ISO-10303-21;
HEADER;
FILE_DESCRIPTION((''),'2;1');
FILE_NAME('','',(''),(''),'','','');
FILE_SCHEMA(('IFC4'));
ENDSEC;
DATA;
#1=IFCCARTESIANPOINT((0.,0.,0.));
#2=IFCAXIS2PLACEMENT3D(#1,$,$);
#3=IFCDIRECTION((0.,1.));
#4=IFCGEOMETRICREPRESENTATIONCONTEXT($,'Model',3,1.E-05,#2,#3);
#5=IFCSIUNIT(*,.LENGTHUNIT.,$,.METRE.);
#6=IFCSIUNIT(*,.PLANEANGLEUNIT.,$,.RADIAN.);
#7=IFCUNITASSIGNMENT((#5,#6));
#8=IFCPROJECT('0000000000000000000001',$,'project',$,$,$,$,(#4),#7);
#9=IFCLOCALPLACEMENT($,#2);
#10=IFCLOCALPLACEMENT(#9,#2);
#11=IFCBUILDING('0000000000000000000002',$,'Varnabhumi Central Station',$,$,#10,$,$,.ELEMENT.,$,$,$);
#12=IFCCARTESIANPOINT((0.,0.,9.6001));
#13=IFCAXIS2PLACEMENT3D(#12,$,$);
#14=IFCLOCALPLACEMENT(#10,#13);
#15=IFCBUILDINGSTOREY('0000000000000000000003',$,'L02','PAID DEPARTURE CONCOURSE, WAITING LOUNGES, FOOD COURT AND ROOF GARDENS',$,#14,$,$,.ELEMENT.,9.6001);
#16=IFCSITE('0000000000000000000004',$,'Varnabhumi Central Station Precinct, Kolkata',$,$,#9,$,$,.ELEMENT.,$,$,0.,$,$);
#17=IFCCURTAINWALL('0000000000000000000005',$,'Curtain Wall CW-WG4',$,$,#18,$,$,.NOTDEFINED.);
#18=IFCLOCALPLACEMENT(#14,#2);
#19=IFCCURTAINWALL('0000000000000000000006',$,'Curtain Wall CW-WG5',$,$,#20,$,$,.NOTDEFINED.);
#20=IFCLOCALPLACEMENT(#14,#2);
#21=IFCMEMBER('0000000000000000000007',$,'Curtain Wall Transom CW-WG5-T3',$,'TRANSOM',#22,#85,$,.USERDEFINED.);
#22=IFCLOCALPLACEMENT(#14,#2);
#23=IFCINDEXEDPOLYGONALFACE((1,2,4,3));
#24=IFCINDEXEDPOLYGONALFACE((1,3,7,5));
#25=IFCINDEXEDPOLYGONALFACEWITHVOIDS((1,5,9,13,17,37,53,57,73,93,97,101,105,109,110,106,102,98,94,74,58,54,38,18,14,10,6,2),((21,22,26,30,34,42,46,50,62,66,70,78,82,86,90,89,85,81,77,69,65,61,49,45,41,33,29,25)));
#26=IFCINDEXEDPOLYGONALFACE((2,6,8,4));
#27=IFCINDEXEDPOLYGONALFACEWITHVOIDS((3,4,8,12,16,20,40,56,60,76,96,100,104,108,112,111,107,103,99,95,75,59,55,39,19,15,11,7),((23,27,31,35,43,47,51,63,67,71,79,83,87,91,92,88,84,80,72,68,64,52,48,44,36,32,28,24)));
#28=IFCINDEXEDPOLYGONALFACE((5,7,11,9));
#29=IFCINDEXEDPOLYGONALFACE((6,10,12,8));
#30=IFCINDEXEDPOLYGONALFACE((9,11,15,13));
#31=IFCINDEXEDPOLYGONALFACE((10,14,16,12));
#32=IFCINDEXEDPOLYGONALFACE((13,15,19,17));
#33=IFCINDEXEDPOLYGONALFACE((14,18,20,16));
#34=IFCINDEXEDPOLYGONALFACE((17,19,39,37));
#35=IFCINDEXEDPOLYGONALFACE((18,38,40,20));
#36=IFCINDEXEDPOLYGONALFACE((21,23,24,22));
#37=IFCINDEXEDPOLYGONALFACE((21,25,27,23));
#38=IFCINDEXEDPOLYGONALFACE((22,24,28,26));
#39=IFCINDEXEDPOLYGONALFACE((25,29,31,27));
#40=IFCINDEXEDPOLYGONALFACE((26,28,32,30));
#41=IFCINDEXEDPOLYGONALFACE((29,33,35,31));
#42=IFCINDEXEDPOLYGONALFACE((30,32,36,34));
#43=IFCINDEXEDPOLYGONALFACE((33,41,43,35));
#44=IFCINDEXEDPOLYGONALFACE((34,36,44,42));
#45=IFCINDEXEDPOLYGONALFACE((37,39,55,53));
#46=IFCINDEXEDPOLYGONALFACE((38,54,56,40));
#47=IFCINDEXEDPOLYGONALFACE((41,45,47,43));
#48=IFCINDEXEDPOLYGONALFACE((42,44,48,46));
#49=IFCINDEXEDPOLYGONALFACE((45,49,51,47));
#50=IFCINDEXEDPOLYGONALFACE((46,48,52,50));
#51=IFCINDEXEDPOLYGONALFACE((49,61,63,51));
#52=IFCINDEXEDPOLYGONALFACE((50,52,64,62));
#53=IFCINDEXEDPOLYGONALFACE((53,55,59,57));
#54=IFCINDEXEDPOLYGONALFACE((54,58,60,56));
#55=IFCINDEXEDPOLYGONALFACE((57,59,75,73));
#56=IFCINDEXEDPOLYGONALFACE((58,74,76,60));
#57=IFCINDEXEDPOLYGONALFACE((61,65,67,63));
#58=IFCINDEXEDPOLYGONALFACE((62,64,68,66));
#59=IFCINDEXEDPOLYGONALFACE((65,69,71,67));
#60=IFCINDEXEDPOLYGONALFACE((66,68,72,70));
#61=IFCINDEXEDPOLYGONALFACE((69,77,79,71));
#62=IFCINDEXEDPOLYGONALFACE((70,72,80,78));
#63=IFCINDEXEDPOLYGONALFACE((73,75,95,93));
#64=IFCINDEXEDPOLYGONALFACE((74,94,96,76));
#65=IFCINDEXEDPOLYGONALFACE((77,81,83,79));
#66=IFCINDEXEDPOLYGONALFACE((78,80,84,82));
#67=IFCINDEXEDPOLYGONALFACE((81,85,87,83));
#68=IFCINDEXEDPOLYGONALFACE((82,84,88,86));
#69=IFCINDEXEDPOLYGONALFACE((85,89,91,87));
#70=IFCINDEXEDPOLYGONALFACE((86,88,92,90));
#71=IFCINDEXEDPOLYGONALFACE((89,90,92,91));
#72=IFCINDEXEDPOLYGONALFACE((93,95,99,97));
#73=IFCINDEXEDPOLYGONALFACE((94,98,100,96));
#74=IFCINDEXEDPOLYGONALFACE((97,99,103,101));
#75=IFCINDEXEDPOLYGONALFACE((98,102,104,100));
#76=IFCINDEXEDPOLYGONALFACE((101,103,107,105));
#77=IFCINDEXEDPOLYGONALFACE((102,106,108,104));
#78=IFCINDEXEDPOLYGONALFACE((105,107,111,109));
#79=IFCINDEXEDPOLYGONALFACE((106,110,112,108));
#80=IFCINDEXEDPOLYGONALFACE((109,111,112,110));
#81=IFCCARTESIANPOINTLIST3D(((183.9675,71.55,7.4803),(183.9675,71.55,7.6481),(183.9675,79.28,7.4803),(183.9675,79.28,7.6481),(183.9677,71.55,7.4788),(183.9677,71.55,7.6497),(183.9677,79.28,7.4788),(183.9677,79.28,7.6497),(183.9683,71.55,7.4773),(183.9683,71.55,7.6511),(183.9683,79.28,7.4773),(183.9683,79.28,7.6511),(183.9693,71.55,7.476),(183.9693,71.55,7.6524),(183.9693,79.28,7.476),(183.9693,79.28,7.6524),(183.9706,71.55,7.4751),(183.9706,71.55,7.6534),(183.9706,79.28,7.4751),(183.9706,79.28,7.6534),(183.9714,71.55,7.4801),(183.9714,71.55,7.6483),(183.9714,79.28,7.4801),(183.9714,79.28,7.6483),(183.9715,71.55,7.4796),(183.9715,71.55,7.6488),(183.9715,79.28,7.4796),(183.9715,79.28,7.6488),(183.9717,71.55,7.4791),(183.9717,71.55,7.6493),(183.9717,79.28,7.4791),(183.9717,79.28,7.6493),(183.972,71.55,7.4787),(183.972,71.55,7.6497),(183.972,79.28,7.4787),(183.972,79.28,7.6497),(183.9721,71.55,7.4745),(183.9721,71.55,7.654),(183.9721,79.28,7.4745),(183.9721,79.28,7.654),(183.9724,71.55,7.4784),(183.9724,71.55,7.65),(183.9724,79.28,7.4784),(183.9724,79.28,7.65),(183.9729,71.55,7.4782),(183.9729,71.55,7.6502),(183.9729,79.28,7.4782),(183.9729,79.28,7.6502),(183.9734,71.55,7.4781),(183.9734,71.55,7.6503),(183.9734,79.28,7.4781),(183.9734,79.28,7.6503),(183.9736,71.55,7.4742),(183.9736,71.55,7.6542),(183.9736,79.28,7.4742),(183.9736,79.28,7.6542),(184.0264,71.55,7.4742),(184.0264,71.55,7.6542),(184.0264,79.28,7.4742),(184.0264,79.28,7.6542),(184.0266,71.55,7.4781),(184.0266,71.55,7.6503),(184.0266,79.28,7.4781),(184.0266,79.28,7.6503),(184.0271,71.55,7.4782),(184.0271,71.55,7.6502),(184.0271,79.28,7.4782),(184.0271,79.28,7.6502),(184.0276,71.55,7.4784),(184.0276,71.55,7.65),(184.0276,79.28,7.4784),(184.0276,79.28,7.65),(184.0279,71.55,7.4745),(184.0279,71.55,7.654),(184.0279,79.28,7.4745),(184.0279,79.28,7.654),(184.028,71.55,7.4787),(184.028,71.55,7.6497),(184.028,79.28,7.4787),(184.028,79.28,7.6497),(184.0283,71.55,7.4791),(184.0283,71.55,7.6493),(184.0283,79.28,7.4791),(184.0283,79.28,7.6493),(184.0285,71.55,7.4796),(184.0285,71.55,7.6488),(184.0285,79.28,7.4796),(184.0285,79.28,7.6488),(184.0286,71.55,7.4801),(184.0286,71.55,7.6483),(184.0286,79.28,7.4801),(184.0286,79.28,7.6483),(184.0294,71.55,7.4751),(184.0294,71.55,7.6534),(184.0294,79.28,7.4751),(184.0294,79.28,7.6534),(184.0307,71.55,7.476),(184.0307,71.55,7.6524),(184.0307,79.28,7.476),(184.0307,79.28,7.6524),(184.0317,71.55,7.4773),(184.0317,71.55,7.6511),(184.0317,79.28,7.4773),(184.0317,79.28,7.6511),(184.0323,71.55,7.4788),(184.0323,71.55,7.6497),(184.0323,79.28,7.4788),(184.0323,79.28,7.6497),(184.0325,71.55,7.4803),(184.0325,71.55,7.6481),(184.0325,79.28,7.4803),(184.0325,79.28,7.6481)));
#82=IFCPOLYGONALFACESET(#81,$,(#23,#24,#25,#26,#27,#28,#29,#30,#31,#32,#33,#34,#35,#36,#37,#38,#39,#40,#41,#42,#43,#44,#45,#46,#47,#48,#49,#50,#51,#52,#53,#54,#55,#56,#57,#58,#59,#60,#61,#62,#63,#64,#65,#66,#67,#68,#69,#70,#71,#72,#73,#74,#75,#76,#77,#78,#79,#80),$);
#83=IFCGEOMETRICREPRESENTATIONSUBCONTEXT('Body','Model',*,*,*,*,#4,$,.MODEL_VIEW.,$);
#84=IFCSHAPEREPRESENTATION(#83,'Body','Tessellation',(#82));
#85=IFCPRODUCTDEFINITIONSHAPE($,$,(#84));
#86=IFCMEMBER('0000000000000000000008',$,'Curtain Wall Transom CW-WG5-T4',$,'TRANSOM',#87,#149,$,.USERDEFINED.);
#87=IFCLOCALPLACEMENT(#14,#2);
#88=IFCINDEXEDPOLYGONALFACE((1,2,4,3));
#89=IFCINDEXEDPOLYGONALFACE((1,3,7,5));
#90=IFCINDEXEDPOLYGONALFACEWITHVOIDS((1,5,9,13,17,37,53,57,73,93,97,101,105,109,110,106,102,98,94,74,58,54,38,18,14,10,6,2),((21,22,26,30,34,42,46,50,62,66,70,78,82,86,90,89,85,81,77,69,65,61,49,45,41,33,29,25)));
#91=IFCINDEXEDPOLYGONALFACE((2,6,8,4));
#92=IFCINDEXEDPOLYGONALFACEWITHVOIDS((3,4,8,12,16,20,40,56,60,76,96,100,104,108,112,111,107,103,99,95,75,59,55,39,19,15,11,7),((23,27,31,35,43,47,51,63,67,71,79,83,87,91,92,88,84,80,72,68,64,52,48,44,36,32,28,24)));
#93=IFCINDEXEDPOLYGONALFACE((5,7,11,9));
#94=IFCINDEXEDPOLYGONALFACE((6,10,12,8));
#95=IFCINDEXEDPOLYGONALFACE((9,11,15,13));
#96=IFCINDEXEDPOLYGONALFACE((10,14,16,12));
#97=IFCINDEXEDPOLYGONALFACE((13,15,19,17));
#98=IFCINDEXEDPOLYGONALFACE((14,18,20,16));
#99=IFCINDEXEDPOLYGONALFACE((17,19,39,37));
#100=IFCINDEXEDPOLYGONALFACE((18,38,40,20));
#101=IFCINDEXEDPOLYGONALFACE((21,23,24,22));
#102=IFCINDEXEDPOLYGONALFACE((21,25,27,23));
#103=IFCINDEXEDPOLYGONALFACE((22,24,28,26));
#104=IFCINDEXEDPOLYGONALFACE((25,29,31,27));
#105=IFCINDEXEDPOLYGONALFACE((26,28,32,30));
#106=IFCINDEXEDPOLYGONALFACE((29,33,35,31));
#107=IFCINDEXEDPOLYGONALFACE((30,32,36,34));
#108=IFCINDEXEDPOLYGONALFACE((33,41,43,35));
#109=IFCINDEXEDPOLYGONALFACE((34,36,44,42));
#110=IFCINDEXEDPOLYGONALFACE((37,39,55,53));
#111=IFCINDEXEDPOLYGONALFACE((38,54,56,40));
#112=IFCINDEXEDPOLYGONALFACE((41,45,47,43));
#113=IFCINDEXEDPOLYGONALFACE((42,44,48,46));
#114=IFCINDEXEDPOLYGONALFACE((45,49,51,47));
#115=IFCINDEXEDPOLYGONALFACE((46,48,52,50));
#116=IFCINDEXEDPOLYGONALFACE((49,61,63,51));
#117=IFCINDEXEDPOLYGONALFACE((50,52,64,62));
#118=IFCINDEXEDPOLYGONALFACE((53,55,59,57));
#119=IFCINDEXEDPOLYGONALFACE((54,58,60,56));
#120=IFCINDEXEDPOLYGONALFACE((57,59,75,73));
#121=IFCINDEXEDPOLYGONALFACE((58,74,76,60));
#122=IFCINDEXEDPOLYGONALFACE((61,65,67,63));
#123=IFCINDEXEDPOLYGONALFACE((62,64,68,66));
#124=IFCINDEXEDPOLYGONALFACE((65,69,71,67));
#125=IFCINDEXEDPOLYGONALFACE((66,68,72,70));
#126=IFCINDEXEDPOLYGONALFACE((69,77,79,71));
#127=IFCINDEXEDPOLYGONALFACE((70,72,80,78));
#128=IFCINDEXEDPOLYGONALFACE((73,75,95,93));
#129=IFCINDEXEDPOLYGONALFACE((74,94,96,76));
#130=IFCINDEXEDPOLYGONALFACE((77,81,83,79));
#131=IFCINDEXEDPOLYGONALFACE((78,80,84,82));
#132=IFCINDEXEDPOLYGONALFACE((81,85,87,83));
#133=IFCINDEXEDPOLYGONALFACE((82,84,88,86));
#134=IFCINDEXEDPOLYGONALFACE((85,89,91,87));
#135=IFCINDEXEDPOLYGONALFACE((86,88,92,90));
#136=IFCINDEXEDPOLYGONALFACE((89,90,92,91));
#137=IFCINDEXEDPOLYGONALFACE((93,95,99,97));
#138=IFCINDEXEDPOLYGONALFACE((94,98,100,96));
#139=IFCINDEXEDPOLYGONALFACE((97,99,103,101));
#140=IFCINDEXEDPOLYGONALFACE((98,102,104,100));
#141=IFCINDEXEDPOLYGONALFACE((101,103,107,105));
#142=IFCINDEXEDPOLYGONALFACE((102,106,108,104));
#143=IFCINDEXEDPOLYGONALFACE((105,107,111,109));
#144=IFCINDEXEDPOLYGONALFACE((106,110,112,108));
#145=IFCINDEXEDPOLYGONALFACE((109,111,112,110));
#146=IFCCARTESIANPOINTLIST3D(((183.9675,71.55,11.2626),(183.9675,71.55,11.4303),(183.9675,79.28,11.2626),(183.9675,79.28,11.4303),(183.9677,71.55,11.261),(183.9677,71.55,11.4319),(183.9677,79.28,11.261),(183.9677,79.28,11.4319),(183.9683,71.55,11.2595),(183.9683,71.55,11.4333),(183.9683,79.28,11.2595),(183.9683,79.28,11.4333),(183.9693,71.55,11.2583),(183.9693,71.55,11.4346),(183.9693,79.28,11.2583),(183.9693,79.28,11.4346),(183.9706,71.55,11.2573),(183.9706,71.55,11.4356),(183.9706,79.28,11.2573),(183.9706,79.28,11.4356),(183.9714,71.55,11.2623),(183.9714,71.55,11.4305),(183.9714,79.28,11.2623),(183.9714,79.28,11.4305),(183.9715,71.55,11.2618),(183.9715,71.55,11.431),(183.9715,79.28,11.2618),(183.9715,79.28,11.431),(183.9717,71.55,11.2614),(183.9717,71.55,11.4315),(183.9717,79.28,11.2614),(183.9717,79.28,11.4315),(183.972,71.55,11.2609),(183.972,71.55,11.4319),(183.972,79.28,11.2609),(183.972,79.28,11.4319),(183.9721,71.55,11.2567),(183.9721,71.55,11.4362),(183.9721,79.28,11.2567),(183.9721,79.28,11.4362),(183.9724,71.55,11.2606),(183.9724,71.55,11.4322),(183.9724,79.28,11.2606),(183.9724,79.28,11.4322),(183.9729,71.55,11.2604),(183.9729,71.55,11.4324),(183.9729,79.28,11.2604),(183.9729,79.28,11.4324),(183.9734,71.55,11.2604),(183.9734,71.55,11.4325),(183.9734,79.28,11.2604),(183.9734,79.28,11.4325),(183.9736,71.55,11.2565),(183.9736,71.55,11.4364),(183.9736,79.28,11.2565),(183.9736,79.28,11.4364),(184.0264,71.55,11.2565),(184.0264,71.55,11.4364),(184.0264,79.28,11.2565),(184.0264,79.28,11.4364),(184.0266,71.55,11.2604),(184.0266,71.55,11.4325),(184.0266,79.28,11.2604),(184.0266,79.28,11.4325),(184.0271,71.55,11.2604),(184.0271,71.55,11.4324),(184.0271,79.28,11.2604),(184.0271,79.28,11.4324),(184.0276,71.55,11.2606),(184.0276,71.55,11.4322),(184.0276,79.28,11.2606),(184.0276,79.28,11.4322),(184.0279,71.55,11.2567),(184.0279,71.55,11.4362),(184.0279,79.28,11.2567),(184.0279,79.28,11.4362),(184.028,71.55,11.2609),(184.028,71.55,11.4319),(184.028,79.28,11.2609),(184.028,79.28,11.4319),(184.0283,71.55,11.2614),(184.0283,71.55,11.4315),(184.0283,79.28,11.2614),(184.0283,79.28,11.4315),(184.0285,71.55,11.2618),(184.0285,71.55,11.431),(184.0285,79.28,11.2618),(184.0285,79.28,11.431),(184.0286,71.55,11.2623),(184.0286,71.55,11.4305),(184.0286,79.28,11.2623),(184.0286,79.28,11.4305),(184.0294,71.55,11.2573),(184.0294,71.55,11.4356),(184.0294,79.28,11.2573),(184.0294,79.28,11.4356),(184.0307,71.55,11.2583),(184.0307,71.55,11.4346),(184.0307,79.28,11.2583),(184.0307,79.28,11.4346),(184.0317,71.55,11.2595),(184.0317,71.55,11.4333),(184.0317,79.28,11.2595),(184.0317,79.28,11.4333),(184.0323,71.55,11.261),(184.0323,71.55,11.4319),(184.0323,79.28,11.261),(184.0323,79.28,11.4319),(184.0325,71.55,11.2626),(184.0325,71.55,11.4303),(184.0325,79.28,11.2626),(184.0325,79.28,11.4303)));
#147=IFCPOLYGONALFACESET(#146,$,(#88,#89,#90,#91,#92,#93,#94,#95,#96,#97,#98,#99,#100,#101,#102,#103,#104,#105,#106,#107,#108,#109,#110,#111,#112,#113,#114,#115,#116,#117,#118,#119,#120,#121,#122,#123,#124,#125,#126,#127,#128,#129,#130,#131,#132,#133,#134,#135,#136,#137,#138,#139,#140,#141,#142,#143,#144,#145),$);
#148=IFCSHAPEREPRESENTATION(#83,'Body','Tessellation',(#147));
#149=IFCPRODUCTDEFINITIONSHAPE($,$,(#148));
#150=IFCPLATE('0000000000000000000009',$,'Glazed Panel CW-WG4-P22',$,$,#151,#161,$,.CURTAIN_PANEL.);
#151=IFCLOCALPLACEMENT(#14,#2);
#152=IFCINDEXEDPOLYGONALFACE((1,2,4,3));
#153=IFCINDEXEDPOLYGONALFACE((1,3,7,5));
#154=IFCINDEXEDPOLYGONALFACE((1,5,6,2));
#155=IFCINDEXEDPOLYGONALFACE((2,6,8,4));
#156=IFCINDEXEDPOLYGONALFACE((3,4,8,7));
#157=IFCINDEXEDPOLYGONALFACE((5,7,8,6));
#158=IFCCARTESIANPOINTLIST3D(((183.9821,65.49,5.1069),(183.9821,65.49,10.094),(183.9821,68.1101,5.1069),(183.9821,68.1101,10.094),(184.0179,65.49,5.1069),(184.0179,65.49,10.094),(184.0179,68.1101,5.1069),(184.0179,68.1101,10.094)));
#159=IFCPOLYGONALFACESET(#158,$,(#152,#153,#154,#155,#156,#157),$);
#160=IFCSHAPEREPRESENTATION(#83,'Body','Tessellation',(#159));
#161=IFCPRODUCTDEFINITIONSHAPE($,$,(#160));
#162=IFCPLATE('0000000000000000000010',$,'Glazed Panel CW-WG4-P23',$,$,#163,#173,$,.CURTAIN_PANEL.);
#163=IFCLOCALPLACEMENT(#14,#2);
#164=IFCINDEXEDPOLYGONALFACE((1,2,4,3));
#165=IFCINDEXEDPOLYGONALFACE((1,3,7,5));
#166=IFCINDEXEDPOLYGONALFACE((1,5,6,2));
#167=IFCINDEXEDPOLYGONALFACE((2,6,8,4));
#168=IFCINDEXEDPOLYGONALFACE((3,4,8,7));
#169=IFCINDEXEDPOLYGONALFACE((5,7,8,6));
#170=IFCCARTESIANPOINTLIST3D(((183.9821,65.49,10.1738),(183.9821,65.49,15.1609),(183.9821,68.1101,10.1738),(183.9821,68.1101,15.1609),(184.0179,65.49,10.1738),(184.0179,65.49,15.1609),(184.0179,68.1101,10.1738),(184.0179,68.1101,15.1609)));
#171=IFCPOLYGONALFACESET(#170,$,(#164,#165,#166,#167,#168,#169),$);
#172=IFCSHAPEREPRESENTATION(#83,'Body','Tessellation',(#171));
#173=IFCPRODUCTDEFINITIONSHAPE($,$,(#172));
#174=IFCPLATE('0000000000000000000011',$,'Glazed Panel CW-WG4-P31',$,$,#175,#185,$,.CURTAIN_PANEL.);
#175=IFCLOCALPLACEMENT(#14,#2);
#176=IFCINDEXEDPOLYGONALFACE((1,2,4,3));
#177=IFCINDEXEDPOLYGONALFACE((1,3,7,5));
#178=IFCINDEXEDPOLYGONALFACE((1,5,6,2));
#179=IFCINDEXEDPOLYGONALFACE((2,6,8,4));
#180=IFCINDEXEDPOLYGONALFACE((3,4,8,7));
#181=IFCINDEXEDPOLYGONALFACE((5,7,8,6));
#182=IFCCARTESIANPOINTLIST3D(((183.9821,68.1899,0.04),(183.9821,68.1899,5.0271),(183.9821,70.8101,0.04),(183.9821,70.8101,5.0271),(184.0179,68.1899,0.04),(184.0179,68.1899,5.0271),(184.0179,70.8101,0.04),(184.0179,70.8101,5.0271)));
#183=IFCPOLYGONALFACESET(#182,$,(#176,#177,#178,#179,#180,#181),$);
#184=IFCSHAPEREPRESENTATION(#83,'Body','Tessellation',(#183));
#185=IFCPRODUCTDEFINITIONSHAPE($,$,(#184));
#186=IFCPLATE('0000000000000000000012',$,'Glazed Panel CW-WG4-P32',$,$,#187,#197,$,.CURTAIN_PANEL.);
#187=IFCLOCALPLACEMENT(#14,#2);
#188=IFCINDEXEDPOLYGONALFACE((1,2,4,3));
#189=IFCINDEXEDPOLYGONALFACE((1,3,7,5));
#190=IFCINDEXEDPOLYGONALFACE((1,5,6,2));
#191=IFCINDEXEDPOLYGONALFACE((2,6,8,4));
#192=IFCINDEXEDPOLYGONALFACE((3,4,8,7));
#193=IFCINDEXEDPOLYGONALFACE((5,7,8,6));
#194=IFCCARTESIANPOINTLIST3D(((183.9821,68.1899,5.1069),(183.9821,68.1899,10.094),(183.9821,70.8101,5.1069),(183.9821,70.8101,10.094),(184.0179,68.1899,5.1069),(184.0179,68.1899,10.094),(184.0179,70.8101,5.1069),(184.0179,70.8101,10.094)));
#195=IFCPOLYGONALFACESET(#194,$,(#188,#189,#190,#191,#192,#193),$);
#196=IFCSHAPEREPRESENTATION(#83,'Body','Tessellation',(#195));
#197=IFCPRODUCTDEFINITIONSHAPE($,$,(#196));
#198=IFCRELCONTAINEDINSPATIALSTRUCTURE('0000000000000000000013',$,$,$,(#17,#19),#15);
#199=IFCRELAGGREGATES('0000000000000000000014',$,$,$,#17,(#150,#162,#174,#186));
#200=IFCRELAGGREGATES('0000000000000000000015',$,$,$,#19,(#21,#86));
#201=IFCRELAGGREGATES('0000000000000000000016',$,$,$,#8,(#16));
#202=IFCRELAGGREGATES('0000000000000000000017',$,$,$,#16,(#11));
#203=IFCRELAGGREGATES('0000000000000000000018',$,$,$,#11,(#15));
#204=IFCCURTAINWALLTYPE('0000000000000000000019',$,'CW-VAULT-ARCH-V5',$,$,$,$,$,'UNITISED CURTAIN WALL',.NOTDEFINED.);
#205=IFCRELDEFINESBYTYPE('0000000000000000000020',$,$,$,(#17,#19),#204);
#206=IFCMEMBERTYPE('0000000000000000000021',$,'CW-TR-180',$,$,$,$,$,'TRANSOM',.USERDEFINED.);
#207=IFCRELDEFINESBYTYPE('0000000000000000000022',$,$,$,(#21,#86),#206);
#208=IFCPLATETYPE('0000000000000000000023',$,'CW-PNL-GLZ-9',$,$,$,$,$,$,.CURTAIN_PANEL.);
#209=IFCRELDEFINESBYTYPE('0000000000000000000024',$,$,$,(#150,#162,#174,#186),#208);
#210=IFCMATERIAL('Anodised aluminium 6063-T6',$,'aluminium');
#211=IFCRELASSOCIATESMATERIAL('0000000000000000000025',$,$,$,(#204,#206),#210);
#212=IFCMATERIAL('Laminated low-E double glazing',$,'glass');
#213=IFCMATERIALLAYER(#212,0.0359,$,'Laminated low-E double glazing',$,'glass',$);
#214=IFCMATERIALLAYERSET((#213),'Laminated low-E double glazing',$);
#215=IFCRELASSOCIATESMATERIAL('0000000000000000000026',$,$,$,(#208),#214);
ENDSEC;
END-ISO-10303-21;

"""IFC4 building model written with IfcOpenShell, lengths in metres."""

from ifc_helpers import new_model, si_unit, direction, frame, origin, origin_2d, place, context, subcontext, project, spatial, rectangle, hollow_rectangle, extrude, material, layer, layer_set, material_profile, profile_set, type_object, element, aggregate, save


model = new_model("IFC4")

# Units and contexts
model_context = context("Model", 3, precision=1e-05, world=origin(), true_north=direction((0.0, 1.0)))
body_context = subcontext(model_context, "Body", "Model", "MODEL_VIEW")
ifc_project = project(units=[si_unit("LENGTHUNIT", "METRE"), si_unit("PLANEANGLEUNIT", "RADIAN")], contexts=[model_context])

# Site, building, storey
site_placement = place(None, origin())
site = spatial("IfcSite", under=ifc_project, at=site_placement, Name="Varnabhumi Central Station Precinct, Kolkata", CompositionType="ELEMENT", RefElevation=0.0)
building_placement = place(site_placement, origin())
building = spatial("IfcBuilding", under=site, at=building_placement, Name="Varnabhumi Central Station", CompositionType="ELEMENT")
storey_placement = place(building_placement, frame((0.0, 0.0, 9.6001)))
storey = spatial("IfcBuildingStorey", under=building, at=storey_placement, Name="L02", Description="PAID DEPARTURE CONCOURSE, WAITING LOUNGES, FOOD COURT AND ROOF GARDENS", CompositionType="ELEMENT", Elevation=9.6001)

# Curtain walls, members
ifc_material_1 = material(Name="Anodised aluminium 6063-T6", Category="aluminium")
curtain_wall_type = type_object("IfcCurtainWallType", Name="CW-VAULT-ARCH-V5", ElementType="UNITISED CURTAIN WALL", PredefinedType="NOTDEFINED", material=ifc_material_1)
curtain_wall_1_placement = place(storey_placement, origin())
curtain_wall_1 = element("IfcCurtainWall", 1, at=curtain_wall_1_placement, inside=storey, type_object=curtain_wall_type, Name="Curtain Wall CW-WG4", PredefinedType="NOTDEFINED")
curtain_wall_2_placement = place(storey_placement, origin())
curtain_wall_2 = element("IfcCurtainWall", 2, at=curtain_wall_2_placement, inside=storey, type_object=curtain_wall_type, Name="Curtain Wall CW-WG5", PredefinedType="NOTDEFINED")
ifc_material_profile_1 = material_profile(ifc_material_1, hollow_rectangle(XDim=0.0649, YDim=0.1799, WallThickness=0.0039, InnerFilletRadius=0.002, OuterFilletRadius=0.0061, at=origin_2d()), Name="Anodised aluminium 6063-T6", Category="aluminium")
ifc_profile_set_1 = profile_set([ifc_material_profile_1], Name="Anodised aluminium 6063-T6")
member_type_1 = type_object("IfcMemberType", Name="CW-TR-180", ElementType="TRANSOM", PredefinedType="USERDEFINED", material=ifc_profile_set_1)
member_1_placement = place(storey_placement, frame((184.0, 71.55, 7.5642), z_axis=(0.0, 1.0, 0.0), x_axis=(-1.0, 0.0, 0.0)))
member_1 = element("IfcMember", 3, at=member_1_placement, type_object=member_type_1, Name="Curtain Wall Transom CW-WG5-T3", ObjectType="TRANSOM", PredefinedType="USERDEFINED", context=body_context, shape_type="SweptSolid", body=[
    extrude(hollow_rectangle(XDim=0.0649, YDim=0.1799, WallThickness=0.0039, InnerFilletRadius=0.002, OuterFilletRadius=0.0061, at=origin_2d()), origin(), (0.0, 0.0, 1.0), 7.73),
])
member_2_placement = place(storey_placement, frame((184.0, 71.55, 11.3464), z_axis=(0.0, 1.0, 0.0), x_axis=(-1.0, 0.0, 0.0)))
member_2 = element("IfcMember", 4, at=member_2_placement, type_object=member_type_1, Name="Curtain Wall Transom CW-WG5-T4", ObjectType="TRANSOM", PredefinedType="USERDEFINED", context=body_context, shape_type="SweptSolid", body=[
    extrude(hollow_rectangle(XDim=0.0649, YDim=0.1799, WallThickness=0.0039, InnerFilletRadius=0.002, OuterFilletRadius=0.0061, at=origin_2d()), origin(), (0.0, 0.0, 1.0), 7.73),
])

# Plates
ifc_material_2 = material(Name="Laminated low-E double glazing", Category="glass")
ifc_layer = layer(ifc_material_2, 0.0359, Name="Laminated low-E double glazing", Category="glass")
ifc_layer_set = layer_set([ifc_layer], Name="Laminated low-E double glazing")
plate_type = type_object("IfcPlateType", Name="CW-PNL-GLZ-9", PredefinedType="CURTAIN_PANEL", material=ifc_layer_set)
plate_1_placement = place(storey_placement, frame((184.0, 66.8, 5.1069), z_axis=(0.0, 0.0, 1.0), x_axis=(0.0, 1.0, 0.0)))
plate_1 = element("IfcPlate", 5, at=plate_1_placement, type_object=plate_type, Name="Glazed Panel CW-WG4-P22", PredefinedType="CURTAIN_PANEL", context=body_context, shape_type="SweptSolid", body=[
    extrude(rectangle(XDim=2.6201, YDim=0.0359, at=origin_2d()), origin(), (0.0, 0.0, 1.0), 4.9871),
])
plate_2_placement = place(storey_placement, frame((184.0, 66.8, 10.1738), z_axis=(0.0, 0.0, 1.0), x_axis=(0.0, 1.0, 0.0)))
plate_2 = element("IfcPlate", 6, at=plate_2_placement, type_object=plate_type, Name="Glazed Panel CW-WG4-P23", PredefinedType="CURTAIN_PANEL", context=body_context, shape_type="SweptSolid", body=[
    extrude(rectangle(XDim=2.6201, YDim=0.0359, at=origin_2d()), origin(), (0.0, 0.0, 1.0), 4.9871),
])
plate_3_placement = place(storey_placement, frame((184.0, 69.5, 0.04), z_axis=(0.0, 0.0, 1.0), x_axis=(0.0, 1.0, 0.0)))
plate_3 = element("IfcPlate", 7, at=plate_3_placement, type_object=plate_type, Name="Glazed Panel CW-WG4-P31", PredefinedType="CURTAIN_PANEL", context=body_context, shape_type="SweptSolid", body=[
    extrude(rectangle(XDim=2.6201, YDim=0.0359, at=origin_2d()), origin(), (0.0, 0.0, 1.0), 4.9871),
])
plate_4_placement = place(storey_placement, frame((184.0, 69.5, 5.1069), z_axis=(0.0, 0.0, 1.0), x_axis=(0.0, 1.0, 0.0)))
plate_4 = element("IfcPlate", 8, at=plate_4_placement, type_object=plate_type, Name="Glazed Panel CW-WG4-P32", PredefinedType="CURTAIN_PANEL", context=body_context, shape_type="SweptSolid", body=[
    extrude(rectangle(XDim=2.6201, YDim=0.0359, at=origin_2d()), origin(), (0.0, 0.0, 1.0), 4.9871),
])
aggregate(curtain_wall_1, [plate_1, plate_2, plate_3, plate_4])
aggregate(curtain_wall_2, [member_1, member_2])

save(model, "model.ifc")
